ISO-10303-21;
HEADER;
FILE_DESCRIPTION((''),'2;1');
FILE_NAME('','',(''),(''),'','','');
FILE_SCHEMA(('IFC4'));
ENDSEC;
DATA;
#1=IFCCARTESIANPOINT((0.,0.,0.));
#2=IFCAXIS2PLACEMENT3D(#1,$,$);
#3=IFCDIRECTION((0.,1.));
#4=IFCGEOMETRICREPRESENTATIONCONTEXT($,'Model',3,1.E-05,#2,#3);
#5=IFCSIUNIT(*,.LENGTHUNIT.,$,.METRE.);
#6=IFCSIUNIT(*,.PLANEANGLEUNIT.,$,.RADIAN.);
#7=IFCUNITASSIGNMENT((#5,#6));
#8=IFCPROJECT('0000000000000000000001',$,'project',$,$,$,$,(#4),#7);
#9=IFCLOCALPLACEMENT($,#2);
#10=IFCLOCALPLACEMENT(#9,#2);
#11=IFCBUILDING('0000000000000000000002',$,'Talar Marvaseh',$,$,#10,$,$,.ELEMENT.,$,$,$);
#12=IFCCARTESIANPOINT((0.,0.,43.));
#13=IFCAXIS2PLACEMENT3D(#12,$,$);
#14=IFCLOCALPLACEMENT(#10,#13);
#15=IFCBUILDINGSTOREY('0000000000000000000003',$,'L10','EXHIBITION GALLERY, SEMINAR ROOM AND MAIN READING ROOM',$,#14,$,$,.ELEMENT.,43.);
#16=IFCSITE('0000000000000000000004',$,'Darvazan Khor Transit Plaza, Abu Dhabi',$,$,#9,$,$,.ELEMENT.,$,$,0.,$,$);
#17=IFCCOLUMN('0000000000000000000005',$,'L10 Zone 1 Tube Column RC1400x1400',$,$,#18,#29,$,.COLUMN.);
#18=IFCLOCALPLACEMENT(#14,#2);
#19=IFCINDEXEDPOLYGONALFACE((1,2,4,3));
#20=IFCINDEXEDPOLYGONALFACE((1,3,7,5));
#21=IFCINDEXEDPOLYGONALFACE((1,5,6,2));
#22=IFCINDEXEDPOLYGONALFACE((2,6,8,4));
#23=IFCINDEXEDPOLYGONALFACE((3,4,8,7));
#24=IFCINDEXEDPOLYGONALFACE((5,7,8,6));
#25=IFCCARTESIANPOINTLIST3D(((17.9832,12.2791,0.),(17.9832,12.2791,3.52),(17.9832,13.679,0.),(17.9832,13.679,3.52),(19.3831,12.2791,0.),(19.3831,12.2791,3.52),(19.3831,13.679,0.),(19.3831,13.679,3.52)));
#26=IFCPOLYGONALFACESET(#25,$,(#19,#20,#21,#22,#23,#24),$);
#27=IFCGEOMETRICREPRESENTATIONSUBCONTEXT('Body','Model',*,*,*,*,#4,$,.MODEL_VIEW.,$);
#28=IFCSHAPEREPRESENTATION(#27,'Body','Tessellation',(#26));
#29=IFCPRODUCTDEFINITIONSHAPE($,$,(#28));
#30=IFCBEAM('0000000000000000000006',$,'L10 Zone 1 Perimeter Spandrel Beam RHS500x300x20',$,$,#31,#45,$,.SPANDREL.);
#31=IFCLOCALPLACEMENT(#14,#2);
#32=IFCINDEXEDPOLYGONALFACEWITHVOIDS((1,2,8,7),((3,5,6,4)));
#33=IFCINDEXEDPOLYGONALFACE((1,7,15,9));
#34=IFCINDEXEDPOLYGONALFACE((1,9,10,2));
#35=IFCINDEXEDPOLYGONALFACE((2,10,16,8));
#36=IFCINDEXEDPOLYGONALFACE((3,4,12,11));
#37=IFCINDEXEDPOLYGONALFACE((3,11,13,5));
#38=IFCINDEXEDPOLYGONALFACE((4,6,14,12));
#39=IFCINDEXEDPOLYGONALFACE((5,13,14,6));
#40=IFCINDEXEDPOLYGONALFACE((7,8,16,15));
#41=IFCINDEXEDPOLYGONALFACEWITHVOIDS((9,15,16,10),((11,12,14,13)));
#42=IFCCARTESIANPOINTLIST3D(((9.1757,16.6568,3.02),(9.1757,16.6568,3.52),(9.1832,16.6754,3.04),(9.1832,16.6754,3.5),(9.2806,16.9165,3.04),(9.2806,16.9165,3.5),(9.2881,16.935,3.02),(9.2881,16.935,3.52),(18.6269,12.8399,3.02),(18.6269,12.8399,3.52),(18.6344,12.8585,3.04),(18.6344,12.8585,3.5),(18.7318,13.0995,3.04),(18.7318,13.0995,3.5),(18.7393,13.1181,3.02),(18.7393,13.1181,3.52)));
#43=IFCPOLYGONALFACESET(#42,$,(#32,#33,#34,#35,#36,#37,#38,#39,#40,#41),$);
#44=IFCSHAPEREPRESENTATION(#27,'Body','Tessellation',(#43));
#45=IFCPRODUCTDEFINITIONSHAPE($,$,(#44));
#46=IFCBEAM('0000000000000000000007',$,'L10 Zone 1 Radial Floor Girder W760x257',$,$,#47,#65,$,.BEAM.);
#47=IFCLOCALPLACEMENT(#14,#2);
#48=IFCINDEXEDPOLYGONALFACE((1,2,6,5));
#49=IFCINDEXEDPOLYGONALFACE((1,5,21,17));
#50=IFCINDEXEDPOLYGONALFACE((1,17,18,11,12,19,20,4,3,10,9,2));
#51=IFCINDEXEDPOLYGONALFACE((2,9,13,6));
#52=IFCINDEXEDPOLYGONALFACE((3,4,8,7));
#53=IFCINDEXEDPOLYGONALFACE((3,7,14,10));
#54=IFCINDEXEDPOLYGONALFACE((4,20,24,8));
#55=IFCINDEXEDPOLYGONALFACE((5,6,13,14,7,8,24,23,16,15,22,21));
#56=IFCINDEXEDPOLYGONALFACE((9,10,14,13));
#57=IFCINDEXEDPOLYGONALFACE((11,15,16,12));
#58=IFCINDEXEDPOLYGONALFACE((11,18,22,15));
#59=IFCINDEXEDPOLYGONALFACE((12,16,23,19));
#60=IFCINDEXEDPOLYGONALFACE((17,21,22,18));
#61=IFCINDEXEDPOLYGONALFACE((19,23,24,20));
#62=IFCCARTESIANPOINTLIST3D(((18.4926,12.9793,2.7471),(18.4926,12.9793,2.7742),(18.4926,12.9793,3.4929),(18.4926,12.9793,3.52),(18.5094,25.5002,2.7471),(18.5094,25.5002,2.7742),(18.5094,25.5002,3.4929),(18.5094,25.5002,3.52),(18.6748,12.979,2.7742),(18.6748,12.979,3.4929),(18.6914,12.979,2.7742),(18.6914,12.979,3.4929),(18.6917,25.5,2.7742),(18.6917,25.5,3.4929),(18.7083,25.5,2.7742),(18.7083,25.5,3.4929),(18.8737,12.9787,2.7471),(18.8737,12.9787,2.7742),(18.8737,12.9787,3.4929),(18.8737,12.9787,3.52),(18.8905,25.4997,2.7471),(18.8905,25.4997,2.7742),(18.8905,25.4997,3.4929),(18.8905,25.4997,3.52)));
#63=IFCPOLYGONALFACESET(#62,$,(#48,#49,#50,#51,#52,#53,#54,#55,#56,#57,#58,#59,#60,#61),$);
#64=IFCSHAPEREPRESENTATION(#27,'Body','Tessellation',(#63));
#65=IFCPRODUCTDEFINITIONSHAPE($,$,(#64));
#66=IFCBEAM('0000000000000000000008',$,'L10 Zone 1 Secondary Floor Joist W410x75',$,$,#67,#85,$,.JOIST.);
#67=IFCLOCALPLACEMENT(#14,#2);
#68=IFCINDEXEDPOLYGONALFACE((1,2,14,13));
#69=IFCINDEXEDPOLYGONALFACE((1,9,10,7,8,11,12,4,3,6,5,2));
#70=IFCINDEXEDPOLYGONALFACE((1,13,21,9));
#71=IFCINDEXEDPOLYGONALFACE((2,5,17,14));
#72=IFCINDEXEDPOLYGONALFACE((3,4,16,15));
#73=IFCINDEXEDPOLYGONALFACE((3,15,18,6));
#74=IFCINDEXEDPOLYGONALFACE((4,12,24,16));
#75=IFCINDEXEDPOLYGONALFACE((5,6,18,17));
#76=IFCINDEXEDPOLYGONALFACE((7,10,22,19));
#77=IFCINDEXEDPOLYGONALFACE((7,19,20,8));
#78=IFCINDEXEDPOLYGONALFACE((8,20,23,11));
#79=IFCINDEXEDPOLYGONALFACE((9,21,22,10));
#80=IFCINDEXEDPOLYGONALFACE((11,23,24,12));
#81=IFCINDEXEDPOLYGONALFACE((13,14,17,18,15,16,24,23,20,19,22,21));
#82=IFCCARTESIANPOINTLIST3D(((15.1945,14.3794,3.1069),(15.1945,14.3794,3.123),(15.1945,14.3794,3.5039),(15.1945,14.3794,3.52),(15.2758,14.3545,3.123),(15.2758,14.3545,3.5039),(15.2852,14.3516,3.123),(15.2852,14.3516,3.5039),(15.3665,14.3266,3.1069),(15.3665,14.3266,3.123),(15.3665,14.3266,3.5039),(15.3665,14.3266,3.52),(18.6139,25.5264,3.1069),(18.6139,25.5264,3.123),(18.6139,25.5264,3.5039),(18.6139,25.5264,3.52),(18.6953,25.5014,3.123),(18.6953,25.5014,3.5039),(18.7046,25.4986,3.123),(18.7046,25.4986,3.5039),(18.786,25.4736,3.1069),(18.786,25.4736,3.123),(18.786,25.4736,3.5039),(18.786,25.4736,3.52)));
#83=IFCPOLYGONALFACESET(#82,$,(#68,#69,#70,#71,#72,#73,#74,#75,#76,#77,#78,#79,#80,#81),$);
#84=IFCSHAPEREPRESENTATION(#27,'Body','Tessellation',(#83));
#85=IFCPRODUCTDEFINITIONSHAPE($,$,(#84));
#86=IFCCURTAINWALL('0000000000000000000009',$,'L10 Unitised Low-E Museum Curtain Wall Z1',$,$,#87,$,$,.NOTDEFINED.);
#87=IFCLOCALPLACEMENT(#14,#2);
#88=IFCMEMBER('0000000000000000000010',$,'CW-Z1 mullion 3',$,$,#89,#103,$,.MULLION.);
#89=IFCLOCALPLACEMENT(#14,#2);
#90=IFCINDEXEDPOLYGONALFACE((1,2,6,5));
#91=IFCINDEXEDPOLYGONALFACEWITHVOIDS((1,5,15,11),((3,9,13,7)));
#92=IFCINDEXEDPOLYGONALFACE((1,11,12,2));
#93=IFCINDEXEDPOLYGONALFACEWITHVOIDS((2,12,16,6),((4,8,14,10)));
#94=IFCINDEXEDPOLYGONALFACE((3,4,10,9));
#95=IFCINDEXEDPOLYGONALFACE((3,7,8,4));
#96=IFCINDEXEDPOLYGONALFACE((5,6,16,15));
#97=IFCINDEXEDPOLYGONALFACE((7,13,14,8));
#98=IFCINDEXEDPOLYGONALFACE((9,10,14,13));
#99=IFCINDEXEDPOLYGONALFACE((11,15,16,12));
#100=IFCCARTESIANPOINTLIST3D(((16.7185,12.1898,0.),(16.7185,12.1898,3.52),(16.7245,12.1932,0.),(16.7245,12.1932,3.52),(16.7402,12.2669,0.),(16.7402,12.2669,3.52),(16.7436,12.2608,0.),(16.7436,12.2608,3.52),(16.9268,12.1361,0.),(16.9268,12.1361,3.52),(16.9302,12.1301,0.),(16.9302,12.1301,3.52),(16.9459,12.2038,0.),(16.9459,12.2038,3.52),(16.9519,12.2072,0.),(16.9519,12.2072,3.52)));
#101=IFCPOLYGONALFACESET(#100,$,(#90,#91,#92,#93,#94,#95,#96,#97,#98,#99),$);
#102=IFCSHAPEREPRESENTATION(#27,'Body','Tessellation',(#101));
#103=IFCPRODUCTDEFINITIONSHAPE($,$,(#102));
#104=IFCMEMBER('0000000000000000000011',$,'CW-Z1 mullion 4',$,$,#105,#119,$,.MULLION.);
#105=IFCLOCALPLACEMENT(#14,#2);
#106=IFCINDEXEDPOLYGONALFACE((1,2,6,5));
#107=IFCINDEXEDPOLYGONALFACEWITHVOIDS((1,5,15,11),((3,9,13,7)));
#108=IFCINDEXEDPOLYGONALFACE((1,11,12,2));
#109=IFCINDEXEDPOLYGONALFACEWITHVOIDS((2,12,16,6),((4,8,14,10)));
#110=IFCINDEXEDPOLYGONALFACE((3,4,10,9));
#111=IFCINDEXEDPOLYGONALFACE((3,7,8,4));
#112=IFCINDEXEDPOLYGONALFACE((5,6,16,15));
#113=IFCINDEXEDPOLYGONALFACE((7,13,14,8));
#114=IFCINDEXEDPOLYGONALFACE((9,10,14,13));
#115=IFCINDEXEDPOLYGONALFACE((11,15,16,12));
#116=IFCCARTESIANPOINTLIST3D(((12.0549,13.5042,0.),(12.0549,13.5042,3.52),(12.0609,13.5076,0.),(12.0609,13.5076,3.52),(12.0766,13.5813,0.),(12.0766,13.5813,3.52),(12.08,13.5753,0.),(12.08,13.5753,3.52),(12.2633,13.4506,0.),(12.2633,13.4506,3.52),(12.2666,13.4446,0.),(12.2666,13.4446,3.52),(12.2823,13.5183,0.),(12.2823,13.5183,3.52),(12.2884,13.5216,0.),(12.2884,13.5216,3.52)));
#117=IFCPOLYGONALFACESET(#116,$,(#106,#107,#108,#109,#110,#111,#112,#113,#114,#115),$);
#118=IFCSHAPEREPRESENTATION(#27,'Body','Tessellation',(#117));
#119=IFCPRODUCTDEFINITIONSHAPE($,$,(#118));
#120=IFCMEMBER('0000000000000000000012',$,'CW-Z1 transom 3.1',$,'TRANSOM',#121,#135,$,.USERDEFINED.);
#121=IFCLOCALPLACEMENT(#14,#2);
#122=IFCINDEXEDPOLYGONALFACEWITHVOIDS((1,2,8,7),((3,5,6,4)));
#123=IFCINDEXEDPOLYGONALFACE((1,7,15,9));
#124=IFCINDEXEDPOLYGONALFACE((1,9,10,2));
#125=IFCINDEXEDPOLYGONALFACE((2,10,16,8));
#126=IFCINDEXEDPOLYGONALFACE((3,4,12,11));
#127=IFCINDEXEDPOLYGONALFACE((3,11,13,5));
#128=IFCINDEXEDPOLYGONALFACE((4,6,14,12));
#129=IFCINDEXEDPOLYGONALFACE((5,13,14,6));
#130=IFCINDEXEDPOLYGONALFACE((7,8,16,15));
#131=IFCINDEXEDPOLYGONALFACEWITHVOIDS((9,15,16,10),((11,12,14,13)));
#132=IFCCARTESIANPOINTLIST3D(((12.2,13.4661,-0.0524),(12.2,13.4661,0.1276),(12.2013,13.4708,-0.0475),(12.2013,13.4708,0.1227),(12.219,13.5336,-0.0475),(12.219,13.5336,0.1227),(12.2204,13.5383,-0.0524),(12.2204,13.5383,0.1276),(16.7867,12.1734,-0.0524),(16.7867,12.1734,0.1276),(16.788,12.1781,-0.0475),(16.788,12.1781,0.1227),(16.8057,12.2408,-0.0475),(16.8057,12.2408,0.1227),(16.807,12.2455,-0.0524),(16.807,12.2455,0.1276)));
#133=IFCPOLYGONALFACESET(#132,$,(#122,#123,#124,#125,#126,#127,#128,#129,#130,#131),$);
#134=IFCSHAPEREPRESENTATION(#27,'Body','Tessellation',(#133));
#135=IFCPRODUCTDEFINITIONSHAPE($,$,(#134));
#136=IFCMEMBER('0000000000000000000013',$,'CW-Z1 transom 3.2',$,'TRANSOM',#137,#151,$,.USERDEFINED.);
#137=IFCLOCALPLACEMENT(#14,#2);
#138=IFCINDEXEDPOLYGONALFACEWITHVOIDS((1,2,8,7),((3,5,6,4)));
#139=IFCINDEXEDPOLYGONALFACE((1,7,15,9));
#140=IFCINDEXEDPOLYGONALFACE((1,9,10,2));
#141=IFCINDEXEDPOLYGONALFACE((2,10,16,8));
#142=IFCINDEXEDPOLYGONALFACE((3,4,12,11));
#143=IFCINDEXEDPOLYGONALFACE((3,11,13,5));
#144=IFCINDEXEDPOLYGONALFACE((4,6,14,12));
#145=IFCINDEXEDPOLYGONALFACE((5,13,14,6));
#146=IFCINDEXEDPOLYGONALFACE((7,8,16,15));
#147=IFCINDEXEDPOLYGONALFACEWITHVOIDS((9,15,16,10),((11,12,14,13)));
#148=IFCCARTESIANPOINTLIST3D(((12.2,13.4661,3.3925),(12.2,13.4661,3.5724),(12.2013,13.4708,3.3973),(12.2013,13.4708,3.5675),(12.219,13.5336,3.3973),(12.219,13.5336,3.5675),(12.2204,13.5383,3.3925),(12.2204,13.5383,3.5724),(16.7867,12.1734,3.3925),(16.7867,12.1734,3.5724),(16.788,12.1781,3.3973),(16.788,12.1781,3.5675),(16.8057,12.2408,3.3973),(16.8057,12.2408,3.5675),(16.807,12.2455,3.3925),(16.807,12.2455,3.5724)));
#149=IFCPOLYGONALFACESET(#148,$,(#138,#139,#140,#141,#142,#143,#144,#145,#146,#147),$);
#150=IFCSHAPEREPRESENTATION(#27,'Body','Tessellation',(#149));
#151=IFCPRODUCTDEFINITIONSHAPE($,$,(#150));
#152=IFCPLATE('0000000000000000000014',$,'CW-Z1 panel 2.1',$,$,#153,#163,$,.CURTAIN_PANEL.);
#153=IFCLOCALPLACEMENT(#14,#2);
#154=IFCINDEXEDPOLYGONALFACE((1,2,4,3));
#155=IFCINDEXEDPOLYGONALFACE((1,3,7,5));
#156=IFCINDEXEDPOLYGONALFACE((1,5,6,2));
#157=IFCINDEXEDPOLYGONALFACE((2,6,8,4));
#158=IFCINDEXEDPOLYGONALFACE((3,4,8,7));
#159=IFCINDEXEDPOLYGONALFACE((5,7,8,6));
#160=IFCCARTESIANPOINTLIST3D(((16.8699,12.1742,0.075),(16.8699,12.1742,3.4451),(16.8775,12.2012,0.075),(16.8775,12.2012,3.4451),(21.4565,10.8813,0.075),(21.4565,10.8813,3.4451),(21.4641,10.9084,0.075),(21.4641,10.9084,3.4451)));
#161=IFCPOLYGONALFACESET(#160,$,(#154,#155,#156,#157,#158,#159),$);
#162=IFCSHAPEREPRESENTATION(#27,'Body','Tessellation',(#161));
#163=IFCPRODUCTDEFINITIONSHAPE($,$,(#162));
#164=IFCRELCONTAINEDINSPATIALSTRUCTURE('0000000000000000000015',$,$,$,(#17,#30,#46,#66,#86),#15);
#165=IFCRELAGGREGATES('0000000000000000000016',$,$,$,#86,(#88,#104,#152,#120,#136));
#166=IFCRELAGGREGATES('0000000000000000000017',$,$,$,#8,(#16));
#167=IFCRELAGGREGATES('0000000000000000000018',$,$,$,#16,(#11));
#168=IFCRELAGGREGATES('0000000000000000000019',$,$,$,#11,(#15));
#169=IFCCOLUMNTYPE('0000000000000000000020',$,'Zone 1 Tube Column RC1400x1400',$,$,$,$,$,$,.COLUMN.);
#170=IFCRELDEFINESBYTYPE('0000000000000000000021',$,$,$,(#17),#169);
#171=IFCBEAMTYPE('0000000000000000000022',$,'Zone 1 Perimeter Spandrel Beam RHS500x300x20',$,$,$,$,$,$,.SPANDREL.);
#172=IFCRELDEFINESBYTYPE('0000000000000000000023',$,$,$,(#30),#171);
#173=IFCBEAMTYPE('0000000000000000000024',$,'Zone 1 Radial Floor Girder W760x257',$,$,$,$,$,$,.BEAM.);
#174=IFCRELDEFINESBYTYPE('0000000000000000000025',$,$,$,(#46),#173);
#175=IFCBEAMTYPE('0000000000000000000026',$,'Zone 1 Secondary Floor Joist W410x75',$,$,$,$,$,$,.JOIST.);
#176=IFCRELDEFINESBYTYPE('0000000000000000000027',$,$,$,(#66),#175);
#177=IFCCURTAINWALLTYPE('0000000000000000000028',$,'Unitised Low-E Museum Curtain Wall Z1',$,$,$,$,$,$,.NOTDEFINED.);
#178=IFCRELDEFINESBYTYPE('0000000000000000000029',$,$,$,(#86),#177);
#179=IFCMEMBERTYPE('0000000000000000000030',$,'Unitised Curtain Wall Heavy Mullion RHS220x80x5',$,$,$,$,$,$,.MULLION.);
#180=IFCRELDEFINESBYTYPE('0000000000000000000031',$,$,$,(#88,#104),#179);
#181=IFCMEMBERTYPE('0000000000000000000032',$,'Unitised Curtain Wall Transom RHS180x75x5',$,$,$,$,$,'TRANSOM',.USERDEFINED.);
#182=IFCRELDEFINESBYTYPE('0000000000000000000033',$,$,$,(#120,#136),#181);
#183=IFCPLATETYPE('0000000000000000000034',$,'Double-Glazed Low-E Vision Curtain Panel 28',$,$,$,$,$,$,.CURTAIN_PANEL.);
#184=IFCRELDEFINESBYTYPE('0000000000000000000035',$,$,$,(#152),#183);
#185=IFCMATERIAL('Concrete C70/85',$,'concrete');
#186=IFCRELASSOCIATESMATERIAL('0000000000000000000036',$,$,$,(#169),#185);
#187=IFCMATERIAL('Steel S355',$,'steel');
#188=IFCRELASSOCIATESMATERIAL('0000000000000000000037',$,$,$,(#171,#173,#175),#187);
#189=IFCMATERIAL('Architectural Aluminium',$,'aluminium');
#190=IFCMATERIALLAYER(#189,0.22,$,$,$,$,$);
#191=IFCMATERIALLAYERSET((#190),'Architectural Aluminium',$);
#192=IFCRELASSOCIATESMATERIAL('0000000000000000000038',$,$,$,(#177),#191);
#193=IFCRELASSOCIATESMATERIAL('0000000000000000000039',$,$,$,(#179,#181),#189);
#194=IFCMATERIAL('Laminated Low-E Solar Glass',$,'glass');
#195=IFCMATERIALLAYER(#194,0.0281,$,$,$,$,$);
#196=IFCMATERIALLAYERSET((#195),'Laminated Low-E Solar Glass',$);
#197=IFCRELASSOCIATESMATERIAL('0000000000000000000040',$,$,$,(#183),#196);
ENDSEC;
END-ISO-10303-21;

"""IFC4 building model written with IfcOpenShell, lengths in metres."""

from ifc_helpers import new_model, si_unit, direction, frame, origin, origin_2d, place, context, subcontext, project, spatial, rectangle, hollow_rectangle, i_section, extrude, source, transform, mapped, material, layer, layer_set, material_profile, profile_set, type_object, type_shapes, element, aggregate, save


model = new_model("IFC4")

# Units and contexts
model_context = context("Model", 3, precision=1e-05, world=origin(), true_north=direction((0.0, 1.0)))
body_context = subcontext(model_context, "Body", "Model", "MODEL_VIEW")
ifc_project = project(units=[si_unit("LENGTHUNIT", "METRE"), si_unit("PLANEANGLEUNIT", "RADIAN")], contexts=[model_context])

# Site, building, storey
site_placement = place(None, origin())
site = spatial("IfcSite", under=ifc_project, at=site_placement, Name="Darvazan Khor Transit Plaza, Abu Dhabi", CompositionType="ELEMENT", RefElevation=0.0)
building_placement = place(site_placement, origin())
building = spatial("IfcBuilding", under=site, at=building_placement, Name="Talar Marvaseh", CompositionType="ELEMENT")
storey_placement = place(building_placement, frame((0.0, 0.0, 43.0)))
storey = spatial("IfcBuildingStorey", under=building, at=storey_placement, Name="L10", Description="EXHIBITION GALLERY, SEMINAR ROOM AND MAIN READING ROOM", CompositionType="ELEMENT", Elevation=43.0)

# Column
ifc_material_1 = material(Name="Concrete C70/85", Category="concrete")
ifc_material_profile_1 = material_profile(ifc_material_1, rectangle(XDim=1.3999, YDim=1.3999, at=origin_2d()), Name="RC1400x1400")
ifc_profile_set_1 = profile_set([ifc_material_profile_1], Name="Concrete C70/85")
column_type = type_object("IfcColumnType", Name="Zone 1 Tube Column RC1400x1400", PredefinedType="COLUMN", material=ifc_profile_set_1)
column_placement = place(storey_placement, frame((18.6831, 12.979, 0.0), z_axis=(0.0, 0.0, 1.0), x_axis=(1.0, 0.0, 0.0)))
element("IfcColumn", 1, at=column_placement, inside=storey, type_object=column_type, Name="L10 Zone 1 Tube Column RC1400x1400", PredefinedType="COLUMN", context=body_context, shape_type="SweptSolid", body=[
    extrude(rectangle(XDim=1.3999, YDim=1.3999, at=origin_2d()), origin(), (0.0, 0.0, 1.0), 3.52),
])

# Beams
ifc_material_2 = material(Name="Steel S355", Category="steel")
ifc_material_profile_2 = material_profile(ifc_material_2, hollow_rectangle(XDim=0.3, YDim=0.5, WallThickness=0.02, at=origin_2d()), Name="RHS500x300x20")
ifc_profile_set_2 = profile_set([ifc_material_profile_2], Name="Steel S355")
beam_type_1 = type_object("IfcBeamType", Name="Zone 1 Perimeter Spandrel Beam RHS500x300x20", PredefinedType="SPANDREL", material=ifc_profile_set_2)
beam_1_placement = place(storey_placement, frame((18.6831, 12.979, 3.27), z_axis=(-0.927239, 0.374469, 0.0), x_axis=(-0.374469, -0.927239, 0.0)))
element("IfcBeam", 2, at=beam_1_placement, inside=storey, type_object=beam_type_1, Name="L10 Zone 1 Perimeter Spandrel Beam RHS500x300x20", PredefinedType="SPANDREL", context=body_context, shape_type="SweptSolid", body=[
    extrude(hollow_rectangle(XDim=0.3, YDim=0.5, WallThickness=0.02, at=origin_2d()), origin(), (0.0, 0.0, 1.0), 10.1929),
])
ifc_material_profile_3 = material_profile(ifc_material_2, i_section(OverallWidth=0.3811, OverallDepth=0.7729, WebThickness=0.0166, FlangeThickness=0.0271, at=origin_2d()), Name="W760x257")
ifc_profile_set_3 = profile_set([ifc_material_profile_3], Name="Steel S355")
beam_type_2 = type_object("IfcBeamType", Name="Zone 1 Radial Floor Girder W760x257", PredefinedType="BEAM", material=ifc_profile_set_3)
beam_2_placement = place(storey_placement, frame((18.6831, 12.979, 3.1335), z_axis=(0.001345, 0.999999, 0.0), x_axis=(-0.999999, 0.001345, 0.0)))
element("IfcBeam", 3, at=beam_2_placement, inside=storey, type_object=beam_type_2, Name="L10 Zone 1 Radial Floor Girder W760x257", PredefinedType="BEAM", context=body_context, shape_type="SweptSolid", body=[
    extrude(i_section(OverallWidth=0.3811, OverallDepth=0.7729, WebThickness=0.0166, FlangeThickness=0.0271, at=origin_2d()), origin(), (0.0, 0.0, 1.0), 12.521),
])
ifc_material_profile_4 = material_profile(ifc_material_2, i_section(OverallWidth=0.1799, OverallDepth=0.4131, WebThickness=0.0098, FlangeThickness=0.0161, at=origin_2d()), Name="W410x75")
ifc_profile_set_4 = profile_set([ifc_material_profile_4], Name="Steel S355")
beam_type_3 = type_object("IfcBeamType", Name="Zone 1 Secondary Floor Joist W410x75", PredefinedType="JOIST", material=ifc_profile_set_4)
beam_3_placement = place(storey_placement, frame((15.2805, 14.353, 3.3135), z_axis=(0.293271, 0.956029, 0.0), x_axis=(-0.956029, 0.293271, 0.0)))
element("IfcBeam", 4, at=beam_3_placement, inside=storey, type_object=beam_type_3, Name="L10 Zone 1 Secondary Floor Joist W410x75", PredefinedType="JOIST", context=body_context, shape_type="SweptSolid", body=[
    extrude(i_section(OverallWidth=0.1799, OverallDepth=0.4131, WebThickness=0.0098, FlangeThickness=0.0161, at=origin_2d()), origin(), (0.0, 0.0, 1.0), 11.6597),
])

# Curtain wall, members, plate
ifc_material_3 = material(Name="Architectural Aluminium", Category="aluminium")
ifc_layer_1 = layer(ifc_material_3, 0.22)
ifc_layer_set_1 = layer_set([ifc_layer_1], Name="Architectural Aluminium")
curtain_wall_type = type_object("IfcCurtainWallType", Name="Unitised Low-E Museum Curtain Wall Z1", PredefinedType="NOTDEFINED", material=ifc_layer_set_1)
curtain_wall_placement = place(storey_placement, origin())
curtain_wall = element("IfcCurtainWall", 5, at=curtain_wall_placement, inside=storey, type_object=curtain_wall_type, Name="L10 Unitised Low-E Museum Curtain Wall Z1", PredefinedType="NOTDEFINED")
ifc_material_profile_5 = material_profile(ifc_material_3, hollow_rectangle(XDim=0.0801, YDim=0.22, WallThickness=0.0049, at=origin_2d()), Name="RHS220x80x5")
ifc_profile_set_5 = profile_set([ifc_material_profile_5], Name="Architectural Aluminium")
member_type_1 = type_object("IfcMemberType", Name="Unitised Curtain Wall Heavy Mullion RHS220x80x5", PredefinedType="MULLION", material=ifc_profile_set_5)
shared_shape_1 = source(origin(), body_context, "Body", "SweptSolid", [
    extrude(hollow_rectangle(XDim=0.0801, YDim=0.22, WallThickness=0.0049, at=origin_2d()), origin(), (0.0, 0.0, 1.0), 3.52),
])
type_shapes(member_type_1, [shared_shape_1])
member_1_placement = place(storey_placement, frame((16.8352, 12.1985, 0.0), z_axis=(0.0, 0.0, 1.0), x_axis=(-0.271292, -0.962497, 0.0)))
member_1 = element("IfcMember", 6, at=member_1_placement, type_object=member_type_1, Name="CW-Z1 mullion 3", PredefinedType="MULLION", context=body_context, shape_type="MappedRepresentation", body=[
    mapped(shared_shape_1, transform((0.0, 0.0, 0.0), x_axis=(1.0, 0.0, 0.0), y_axis=(0.0, 1.0, 0.0), z_axis=(0.0, 0.0, 1.0), scale=1.0)),
])
member_2_placement = place(storey_placement, frame((12.1716, 13.5129, 0.0), z_axis=(0.0, 0.0, 1.0), x_axis=(-0.271292, -0.962497, 0.0)))
member_2 = element("IfcMember", 7, at=member_2_placement, type_object=member_type_1, Name="CW-Z1 mullion 4", PredefinedType="MULLION", context=body_context, shape_type="MappedRepresentation", body=[
    mapped(shared_shape_1, transform((0.0, 0.0, 0.0), x_axis=(1.0, 0.0, 0.0), y_axis=(0.0, 1.0, 0.0), z_axis=(0.0, 0.0, 1.0), scale=1.0)),
])
ifc_material_profile_6 = material_profile(ifc_material_3, hollow_rectangle(XDim=0.075, YDim=0.1799, WallThickness=0.0049, at=origin_2d()), Name="RHS180x75x5")
ifc_profile_set_6 = profile_set([ifc_material_profile_6], Name="Architectural Aluminium")
member_type_2 = type_object("IfcMemberType", Name="Unitised Curtain Wall Transom RHS180x75x5", ElementType="TRANSOM", PredefinedType="USERDEFINED", material=ifc_profile_set_6)
shared_shape_2 = source(origin(), body_context, "Body", "SweptSolid", [
    extrude(hollow_rectangle(XDim=0.075, YDim=0.1799, WallThickness=0.0049, at=origin_2d()), origin(), (0.0, 0.0, 1.0), 4.7654),
])
type_shapes(member_type_2, [shared_shape_2])
member_3_placement = place(storey_placement, frame((16.7969, 12.2095, 0.0376), z_axis=(-0.962502, 0.271275, 0.0), x_axis=(-0.271275, -0.962502, 0.0)))
member_3 = element("IfcMember", 8, at=member_3_placement, type_object=member_type_2, Name="CW-Z1 transom 3.1", ObjectType="TRANSOM", PredefinedType="USERDEFINED", context=body_context, shape_type="MappedRepresentation", body=[
    mapped(shared_shape_2, transform((0.0, 0.0, 0.0), x_axis=(1.0, 0.0, 0.0), y_axis=(0.0, 1.0, 0.0), z_axis=(0.0, 0.0, 1.0), scale=1.0)),
])
member_4_placement = place(storey_placement, frame((16.7969, 12.2095, 3.4824), z_axis=(-0.962502, 0.271275, 0.0), x_axis=(-0.271275, -0.962502, 0.0)))
member_4 = element("IfcMember", 9, at=member_4_placement, type_object=member_type_2, Name="CW-Z1 transom 3.2", ObjectType="TRANSOM", PredefinedType="USERDEFINED", context=body_context, shape_type="MappedRepresentation", body=[
    mapped(shared_shape_2, transform((0.0, 0.0, 0.0), x_axis=(1.0, 0.0, 0.0), y_axis=(0.0, 1.0, 0.0), z_axis=(0.0, 0.0, 1.0), scale=1.0)),
])
ifc_material_4 = material(Name="Laminated Low-E Solar Glass", Category="glass")
ifc_layer_2 = layer(ifc_material_4, 0.0281)
ifc_layer_set_2 = layer_set([ifc_layer_2], Name="Laminated Low-E Solar Glass")
plate_type = type_object("IfcPlateType", Name="Double-Glazed Low-E Vision Curtain Panel 28", PredefinedType="CURTAIN_PANEL", material=ifc_layer_set_2)
shared_shape_3 = source(origin(), body_context, "Body", "SweptSolid", [
    extrude(rectangle(XDim=4.7654, YDim=0.0281, at=origin_2d()), origin(), (0.0, 0.0, 1.0), 3.3701),
])
type_shapes(plate_type, [shared_shape_3])
plate_1_placement = place(storey_placement, frame((19.167, 11.5413, 0.075), z_axis=(0.0, 0.0, 1.0), x_axis=(-0.962497, 0.271292, 0.0)))
plate_1 = element("IfcPlate", 10, at=plate_1_placement, type_object=plate_type, Name="CW-Z1 panel 2.1", PredefinedType="CURTAIN_PANEL", context=body_context, shape_type="MappedRepresentation", body=[
    mapped(shared_shape_3, transform((0.0, 0.0, 0.0), x_axis=(1.0, 0.0, 0.0), y_axis=(0.0, 1.0, 0.0), z_axis=(0.0, 0.0, 1.0), scale=1.0)),
])
aggregate(curtain_wall, [member_1, member_2, plate_1, member_3, member_4])

save(model, "model.ifc")
